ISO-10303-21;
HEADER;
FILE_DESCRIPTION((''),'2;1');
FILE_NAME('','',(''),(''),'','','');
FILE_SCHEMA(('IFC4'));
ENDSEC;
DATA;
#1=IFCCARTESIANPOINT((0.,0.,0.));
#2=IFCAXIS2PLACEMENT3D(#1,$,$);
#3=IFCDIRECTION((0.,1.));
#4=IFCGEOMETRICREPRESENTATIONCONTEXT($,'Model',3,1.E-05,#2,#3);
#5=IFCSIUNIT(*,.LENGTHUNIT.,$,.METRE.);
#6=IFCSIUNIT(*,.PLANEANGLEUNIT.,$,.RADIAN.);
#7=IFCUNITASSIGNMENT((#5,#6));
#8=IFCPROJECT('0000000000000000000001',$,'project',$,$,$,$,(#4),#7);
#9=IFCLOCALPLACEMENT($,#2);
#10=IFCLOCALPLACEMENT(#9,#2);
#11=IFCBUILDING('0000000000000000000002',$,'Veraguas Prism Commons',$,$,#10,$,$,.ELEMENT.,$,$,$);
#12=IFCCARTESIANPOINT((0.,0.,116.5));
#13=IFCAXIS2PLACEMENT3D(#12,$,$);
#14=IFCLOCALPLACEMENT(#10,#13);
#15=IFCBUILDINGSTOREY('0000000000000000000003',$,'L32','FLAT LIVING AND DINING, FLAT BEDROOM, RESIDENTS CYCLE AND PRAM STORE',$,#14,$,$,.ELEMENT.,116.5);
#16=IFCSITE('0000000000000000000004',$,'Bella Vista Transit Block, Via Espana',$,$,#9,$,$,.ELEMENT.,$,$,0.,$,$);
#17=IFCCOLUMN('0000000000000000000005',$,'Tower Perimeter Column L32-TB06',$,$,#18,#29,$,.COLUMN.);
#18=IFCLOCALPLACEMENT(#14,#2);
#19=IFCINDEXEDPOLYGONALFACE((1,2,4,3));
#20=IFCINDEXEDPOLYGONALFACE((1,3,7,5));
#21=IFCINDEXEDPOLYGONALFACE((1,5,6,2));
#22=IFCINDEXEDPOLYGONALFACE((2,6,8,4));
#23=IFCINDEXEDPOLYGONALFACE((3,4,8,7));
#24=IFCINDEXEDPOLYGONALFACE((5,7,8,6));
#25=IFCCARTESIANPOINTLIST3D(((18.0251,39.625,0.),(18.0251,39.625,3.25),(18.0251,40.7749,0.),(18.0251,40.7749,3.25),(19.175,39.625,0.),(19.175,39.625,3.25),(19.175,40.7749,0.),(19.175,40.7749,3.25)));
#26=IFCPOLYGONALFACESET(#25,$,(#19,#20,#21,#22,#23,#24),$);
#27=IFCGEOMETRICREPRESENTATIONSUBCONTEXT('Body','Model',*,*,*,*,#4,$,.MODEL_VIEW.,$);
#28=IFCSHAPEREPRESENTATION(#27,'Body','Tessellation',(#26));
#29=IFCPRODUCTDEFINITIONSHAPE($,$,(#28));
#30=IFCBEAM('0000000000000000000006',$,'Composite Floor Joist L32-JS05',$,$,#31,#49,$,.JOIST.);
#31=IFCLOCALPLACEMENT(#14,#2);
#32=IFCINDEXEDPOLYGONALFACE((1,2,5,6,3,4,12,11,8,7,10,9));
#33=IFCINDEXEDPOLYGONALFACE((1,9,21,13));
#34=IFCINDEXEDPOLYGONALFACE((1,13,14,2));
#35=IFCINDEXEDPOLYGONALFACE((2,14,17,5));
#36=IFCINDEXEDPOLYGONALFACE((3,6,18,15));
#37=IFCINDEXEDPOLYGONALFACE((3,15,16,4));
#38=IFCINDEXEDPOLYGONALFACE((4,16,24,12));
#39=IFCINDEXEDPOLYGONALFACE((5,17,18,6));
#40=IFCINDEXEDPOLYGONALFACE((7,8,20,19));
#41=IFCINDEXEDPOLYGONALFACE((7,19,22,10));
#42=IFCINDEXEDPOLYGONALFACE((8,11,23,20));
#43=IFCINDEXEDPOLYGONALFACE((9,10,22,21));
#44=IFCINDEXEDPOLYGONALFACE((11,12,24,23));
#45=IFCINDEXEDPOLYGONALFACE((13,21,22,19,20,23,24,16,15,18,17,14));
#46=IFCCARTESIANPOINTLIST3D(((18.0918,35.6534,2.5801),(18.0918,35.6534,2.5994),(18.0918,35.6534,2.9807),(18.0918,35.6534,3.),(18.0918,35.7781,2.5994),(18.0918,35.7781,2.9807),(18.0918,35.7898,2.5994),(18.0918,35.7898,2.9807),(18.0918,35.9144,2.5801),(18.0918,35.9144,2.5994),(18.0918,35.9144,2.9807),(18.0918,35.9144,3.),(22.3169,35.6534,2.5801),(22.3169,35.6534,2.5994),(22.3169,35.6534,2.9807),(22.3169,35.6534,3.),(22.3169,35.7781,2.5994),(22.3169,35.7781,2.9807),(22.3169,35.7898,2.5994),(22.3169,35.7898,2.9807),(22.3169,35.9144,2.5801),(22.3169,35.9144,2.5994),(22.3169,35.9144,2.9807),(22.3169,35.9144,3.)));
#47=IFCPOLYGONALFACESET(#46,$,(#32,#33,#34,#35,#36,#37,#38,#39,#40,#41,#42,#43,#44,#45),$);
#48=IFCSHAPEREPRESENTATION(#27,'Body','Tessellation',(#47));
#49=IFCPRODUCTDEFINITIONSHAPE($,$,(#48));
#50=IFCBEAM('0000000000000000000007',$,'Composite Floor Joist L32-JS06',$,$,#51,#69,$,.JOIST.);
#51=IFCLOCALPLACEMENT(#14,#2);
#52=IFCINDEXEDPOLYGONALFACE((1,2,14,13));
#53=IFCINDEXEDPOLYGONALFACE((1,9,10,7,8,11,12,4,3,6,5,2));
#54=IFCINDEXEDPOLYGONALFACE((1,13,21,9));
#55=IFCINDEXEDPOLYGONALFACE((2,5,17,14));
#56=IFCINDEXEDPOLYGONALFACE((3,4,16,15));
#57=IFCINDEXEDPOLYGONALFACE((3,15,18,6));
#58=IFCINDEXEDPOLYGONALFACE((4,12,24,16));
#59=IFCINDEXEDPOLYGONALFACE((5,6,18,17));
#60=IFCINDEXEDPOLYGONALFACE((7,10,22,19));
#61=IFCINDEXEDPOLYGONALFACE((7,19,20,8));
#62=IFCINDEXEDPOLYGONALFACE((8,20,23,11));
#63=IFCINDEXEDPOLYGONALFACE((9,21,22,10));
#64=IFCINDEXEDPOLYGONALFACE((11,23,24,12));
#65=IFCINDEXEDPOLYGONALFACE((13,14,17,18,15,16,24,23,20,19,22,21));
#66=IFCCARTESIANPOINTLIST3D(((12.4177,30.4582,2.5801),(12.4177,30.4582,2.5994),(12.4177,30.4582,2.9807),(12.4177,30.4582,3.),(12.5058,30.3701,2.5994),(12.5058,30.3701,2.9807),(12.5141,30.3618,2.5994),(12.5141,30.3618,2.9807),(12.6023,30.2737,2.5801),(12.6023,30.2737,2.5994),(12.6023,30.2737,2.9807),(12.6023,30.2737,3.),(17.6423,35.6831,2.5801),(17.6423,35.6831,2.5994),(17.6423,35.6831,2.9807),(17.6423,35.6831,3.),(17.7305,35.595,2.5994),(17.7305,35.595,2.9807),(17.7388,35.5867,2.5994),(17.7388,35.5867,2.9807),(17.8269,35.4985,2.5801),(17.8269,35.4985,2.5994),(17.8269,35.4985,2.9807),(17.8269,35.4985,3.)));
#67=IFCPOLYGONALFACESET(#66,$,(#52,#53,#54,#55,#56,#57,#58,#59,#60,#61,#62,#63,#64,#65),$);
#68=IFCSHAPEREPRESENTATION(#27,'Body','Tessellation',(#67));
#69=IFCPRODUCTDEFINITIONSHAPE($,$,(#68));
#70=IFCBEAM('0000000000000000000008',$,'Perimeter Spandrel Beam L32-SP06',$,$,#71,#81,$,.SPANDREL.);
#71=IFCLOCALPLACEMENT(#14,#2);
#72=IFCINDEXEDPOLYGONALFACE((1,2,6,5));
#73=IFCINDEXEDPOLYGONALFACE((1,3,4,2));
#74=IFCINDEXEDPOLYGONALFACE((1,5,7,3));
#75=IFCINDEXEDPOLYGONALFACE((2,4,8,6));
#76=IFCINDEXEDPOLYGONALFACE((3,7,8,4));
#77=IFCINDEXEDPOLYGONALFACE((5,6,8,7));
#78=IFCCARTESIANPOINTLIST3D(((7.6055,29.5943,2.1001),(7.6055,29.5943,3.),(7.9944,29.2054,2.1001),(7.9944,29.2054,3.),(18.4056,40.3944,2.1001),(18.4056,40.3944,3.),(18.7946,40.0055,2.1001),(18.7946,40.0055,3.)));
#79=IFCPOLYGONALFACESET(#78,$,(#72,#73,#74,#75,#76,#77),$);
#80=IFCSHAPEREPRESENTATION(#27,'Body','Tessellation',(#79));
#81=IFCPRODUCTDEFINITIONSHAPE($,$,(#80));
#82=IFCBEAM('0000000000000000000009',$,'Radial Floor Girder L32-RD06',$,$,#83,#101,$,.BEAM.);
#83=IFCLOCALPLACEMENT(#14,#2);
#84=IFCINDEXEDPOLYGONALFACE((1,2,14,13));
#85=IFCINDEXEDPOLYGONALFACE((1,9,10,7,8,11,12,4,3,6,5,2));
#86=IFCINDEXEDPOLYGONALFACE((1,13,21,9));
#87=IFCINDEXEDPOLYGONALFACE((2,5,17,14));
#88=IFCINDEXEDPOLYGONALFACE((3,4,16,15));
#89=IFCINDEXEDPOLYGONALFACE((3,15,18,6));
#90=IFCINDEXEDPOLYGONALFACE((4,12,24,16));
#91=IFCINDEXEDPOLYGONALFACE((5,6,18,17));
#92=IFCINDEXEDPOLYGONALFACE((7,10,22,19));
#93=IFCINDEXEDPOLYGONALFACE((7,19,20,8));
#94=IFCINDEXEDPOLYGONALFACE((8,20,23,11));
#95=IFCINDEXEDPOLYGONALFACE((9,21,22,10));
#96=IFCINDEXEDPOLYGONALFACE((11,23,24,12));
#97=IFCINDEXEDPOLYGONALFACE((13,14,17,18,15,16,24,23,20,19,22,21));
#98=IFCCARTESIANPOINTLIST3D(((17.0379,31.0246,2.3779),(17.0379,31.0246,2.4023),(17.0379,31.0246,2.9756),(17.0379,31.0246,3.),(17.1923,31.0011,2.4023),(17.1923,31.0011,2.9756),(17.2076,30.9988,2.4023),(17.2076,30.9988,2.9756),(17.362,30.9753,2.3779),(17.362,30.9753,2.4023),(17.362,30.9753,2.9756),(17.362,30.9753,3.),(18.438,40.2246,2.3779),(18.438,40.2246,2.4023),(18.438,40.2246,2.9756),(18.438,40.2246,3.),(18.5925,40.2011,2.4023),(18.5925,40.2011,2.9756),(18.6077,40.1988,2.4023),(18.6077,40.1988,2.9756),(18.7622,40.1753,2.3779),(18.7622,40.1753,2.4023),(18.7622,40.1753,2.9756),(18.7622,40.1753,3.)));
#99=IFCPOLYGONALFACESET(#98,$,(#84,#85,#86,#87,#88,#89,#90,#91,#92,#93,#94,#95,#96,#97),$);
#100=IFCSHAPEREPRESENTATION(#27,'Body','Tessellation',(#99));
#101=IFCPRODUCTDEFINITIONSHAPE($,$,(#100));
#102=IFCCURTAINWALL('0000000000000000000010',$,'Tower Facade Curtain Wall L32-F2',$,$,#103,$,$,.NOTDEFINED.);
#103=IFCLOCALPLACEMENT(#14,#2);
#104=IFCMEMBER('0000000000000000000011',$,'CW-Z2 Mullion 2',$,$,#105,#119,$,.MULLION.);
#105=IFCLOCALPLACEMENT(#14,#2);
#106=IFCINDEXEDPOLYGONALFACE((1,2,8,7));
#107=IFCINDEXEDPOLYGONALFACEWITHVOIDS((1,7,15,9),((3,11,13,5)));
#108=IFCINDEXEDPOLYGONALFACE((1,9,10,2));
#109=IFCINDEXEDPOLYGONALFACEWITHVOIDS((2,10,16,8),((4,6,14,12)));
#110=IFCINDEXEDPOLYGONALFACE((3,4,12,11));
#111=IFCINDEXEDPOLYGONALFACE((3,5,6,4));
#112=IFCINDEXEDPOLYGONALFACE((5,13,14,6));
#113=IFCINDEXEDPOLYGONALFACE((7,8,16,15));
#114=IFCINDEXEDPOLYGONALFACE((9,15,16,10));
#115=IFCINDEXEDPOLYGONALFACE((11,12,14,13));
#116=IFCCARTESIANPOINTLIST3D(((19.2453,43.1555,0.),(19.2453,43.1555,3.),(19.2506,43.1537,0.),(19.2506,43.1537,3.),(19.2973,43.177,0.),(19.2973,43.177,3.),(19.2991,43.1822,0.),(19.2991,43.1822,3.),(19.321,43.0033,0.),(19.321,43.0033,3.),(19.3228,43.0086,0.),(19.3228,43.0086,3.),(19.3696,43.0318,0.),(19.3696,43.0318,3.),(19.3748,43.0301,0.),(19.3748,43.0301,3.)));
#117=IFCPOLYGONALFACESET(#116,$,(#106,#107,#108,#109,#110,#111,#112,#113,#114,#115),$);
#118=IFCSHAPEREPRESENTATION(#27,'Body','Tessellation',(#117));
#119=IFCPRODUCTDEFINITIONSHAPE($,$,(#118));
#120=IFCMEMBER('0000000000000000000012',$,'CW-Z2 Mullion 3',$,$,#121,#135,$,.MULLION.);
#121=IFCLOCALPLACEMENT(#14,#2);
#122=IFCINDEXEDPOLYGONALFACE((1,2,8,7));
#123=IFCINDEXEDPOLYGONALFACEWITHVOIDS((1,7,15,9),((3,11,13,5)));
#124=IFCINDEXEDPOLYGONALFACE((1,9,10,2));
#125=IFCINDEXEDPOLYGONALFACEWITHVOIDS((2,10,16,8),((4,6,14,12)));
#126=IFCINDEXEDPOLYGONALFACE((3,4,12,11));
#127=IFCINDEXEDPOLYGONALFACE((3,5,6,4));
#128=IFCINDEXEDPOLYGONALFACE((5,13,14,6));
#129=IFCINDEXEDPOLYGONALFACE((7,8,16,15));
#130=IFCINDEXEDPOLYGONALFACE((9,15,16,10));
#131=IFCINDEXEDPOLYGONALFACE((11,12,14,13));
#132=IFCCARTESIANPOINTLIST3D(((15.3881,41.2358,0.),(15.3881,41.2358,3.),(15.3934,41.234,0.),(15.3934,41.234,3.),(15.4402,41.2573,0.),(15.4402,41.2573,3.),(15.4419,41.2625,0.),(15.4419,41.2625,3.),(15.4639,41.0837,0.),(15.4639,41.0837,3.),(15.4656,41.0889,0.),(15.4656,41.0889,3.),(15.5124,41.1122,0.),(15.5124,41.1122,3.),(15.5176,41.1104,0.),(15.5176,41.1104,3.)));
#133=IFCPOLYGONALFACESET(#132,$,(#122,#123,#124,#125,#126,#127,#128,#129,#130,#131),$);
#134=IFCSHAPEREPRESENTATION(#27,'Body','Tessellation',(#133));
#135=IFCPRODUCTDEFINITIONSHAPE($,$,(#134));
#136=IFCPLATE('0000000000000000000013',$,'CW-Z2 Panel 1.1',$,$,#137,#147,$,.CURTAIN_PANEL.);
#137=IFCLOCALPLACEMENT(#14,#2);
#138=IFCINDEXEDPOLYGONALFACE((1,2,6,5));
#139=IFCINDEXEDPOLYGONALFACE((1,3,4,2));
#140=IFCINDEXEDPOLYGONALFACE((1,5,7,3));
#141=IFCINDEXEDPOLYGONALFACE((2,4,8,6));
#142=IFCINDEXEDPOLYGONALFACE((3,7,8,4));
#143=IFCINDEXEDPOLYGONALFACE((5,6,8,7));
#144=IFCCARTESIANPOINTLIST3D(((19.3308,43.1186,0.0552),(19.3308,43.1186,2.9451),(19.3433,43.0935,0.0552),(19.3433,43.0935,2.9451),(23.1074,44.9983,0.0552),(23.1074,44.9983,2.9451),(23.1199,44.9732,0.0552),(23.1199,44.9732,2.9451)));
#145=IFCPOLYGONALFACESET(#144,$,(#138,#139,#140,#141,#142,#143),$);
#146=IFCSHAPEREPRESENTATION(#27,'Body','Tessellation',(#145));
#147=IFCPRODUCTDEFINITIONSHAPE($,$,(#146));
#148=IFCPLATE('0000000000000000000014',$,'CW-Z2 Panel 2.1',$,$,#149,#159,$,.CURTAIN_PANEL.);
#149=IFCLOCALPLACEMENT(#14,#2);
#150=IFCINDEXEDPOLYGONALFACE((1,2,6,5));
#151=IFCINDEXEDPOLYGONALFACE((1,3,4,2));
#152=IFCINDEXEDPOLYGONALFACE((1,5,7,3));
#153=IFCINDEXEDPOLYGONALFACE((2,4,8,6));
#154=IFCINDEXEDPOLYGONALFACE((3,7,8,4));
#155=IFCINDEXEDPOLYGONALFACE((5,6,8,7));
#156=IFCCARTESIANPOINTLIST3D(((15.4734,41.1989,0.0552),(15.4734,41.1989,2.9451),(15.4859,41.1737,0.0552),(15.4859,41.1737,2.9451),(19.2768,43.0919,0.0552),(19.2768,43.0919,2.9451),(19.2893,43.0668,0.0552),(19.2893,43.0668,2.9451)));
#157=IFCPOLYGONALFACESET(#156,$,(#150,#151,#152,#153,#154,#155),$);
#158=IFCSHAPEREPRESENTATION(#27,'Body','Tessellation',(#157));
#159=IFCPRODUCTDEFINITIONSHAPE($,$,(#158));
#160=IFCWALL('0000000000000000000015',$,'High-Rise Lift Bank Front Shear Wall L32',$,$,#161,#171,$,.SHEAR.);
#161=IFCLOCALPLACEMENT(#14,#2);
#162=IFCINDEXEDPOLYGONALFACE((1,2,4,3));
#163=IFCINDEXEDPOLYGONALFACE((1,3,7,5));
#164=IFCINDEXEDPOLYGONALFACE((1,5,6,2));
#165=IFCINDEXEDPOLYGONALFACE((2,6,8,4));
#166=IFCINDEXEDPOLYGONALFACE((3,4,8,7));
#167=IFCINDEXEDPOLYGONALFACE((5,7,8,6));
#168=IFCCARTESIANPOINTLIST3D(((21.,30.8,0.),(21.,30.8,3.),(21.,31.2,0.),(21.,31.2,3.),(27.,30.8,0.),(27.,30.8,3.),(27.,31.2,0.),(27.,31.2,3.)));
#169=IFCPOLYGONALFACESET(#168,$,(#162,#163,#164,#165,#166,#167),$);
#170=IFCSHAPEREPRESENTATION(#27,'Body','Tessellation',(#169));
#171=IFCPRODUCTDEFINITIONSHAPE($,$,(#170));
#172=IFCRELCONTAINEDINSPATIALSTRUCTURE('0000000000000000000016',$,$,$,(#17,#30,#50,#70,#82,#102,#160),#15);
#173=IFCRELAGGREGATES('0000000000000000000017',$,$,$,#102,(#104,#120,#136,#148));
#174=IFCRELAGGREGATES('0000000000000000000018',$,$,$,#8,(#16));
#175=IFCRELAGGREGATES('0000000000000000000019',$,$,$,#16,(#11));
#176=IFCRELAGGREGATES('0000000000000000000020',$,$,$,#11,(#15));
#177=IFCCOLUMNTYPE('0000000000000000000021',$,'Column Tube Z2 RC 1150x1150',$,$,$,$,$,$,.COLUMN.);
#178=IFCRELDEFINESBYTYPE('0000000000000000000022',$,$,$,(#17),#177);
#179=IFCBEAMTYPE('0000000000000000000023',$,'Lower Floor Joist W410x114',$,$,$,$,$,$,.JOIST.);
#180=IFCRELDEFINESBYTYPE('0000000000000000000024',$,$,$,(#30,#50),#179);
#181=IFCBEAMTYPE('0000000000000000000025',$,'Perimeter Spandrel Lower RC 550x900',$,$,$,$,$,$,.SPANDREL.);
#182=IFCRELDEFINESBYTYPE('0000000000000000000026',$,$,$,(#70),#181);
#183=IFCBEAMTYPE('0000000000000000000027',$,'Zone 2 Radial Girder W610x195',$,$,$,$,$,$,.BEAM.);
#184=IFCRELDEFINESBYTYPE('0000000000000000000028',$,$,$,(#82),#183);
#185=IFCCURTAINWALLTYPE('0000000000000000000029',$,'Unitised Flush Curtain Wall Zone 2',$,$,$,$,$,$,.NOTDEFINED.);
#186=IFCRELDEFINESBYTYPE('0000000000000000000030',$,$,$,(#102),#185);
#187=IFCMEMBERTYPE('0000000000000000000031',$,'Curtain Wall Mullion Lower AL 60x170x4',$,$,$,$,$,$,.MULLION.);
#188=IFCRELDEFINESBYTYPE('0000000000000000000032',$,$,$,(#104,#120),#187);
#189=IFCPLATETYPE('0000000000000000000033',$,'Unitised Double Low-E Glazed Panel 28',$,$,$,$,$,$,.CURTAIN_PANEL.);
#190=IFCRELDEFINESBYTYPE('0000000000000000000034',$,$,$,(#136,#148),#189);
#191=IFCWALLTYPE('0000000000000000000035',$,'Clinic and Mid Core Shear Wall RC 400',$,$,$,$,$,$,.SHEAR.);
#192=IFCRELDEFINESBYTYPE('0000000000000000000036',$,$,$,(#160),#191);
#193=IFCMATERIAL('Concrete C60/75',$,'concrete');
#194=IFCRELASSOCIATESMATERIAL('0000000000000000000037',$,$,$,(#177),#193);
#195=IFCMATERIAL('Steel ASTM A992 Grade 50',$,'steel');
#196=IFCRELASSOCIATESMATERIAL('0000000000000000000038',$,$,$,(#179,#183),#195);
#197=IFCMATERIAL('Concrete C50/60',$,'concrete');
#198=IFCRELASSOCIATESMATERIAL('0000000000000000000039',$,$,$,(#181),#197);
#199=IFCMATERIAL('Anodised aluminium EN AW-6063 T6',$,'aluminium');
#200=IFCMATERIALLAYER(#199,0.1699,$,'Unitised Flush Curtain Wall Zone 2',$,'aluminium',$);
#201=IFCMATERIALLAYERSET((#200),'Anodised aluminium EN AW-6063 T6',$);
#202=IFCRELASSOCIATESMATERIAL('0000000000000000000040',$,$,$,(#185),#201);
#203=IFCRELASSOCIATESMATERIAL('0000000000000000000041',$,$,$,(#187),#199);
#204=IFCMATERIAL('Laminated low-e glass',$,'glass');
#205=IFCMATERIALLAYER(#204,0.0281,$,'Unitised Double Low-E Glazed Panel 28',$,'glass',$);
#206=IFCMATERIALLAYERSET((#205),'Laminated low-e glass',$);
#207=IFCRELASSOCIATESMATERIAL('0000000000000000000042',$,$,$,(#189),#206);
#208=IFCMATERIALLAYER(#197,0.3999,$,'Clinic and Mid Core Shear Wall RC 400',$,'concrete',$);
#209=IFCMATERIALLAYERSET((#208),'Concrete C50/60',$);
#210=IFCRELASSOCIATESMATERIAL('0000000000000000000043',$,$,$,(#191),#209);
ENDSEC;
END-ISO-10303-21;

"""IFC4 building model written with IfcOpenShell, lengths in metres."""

from ifc_helpers import new_model, si_unit, direction, frame, frame_2d, origin, origin_2d, place, context, subcontext, project, spatial, rectangle, hollow_rectangle, i_section, extrude, source, transform, mapped, material, layer, layer_set, material_profile, profile_set, type_object, element, aggregate, save


model = new_model("IFC4")

# Units and contexts
model_context = context("Model", 3, precision=1e-05, world=origin(), true_north=direction((0.0, 1.0)))
body_context = subcontext(model_context, "Body", "Model", "MODEL_VIEW")
ifc_project = project(units=[si_unit("LENGTHUNIT", "METRE"), si_unit("PLANEANGLEUNIT", "RADIAN")], contexts=[model_context])

# Site, building, storey
site_placement = place(None, origin())
site = spatial("IfcSite", under=ifc_project, at=site_placement, Name="Bella Vista Transit Block, Via Espana", CompositionType="ELEMENT", RefElevation=0.0)
building_placement = place(site_placement, origin())
building = spatial("IfcBuilding", under=site, at=building_placement, Name="Veraguas Prism Commons", CompositionType="ELEMENT")
storey_placement = place(building_placement, frame((0.0, 0.0, 116.5)))
storey = spatial("IfcBuildingStorey", under=building, at=storey_placement, Name="L32", Description="FLAT LIVING AND DINING, FLAT BEDROOM, RESIDENTS CYCLE AND PRAM STORE", CompositionType="ELEMENT", Elevation=116.5)

# Column
ifc_material_1 = material(Name="Concrete C60/75", Category="concrete")
ifc_material_profile_1 = material_profile(ifc_material_1, rectangle(XDim=1.1499, YDim=1.1499, at=origin_2d()), Name="RC1150X1150")
ifc_profile_set_1 = profile_set([ifc_material_profile_1], Name="Concrete C60/75")
column_type = type_object("IfcColumnType", Name="Column Tube Z2 RC 1150x1150", PredefinedType="COLUMN", material=ifc_profile_set_1)
column_placement = place(storey_placement, frame((18.6001, 40.2, 0.0), z_axis=(0.0, 0.0, 1.0), x_axis=(1.0, 0.0, 0.0)))
element("IfcColumn", 1, at=column_placement, inside=storey, type_object=column_type, Name="Tower Perimeter Column L32-TB06", PredefinedType="COLUMN", context=body_context, shape_type="SweptSolid", body=[
    extrude(rectangle(XDim=1.1499, YDim=1.1499, at=origin_2d()), origin(), (0.0, 0.0, 1.0), 3.25),
])

# Beams
ifc_material_2 = material(Name="Steel ASTM A992 Grade 50", Category="steel")
ifc_material_profile_2 = material_profile(ifc_material_2, i_section(OverallWidth=0.261, OverallDepth=0.4199, WebThickness=0.0117, FlangeThickness=0.0193, at=origin_2d()), Name="W410X114")
ifc_profile_set_2 = profile_set([ifc_material_profile_2], Name="Steel ASTM A992 Grade 50")
beam_type_1 = type_object("IfcBeamType", Name="Lower Floor Joist W410x114", PredefinedType="JOIST", material=ifc_profile_set_2)
beam_1_placement = place(storey_placement, frame((22.3169, 35.7839, 2.79), z_axis=(-1.0, 0.0, 0.0), x_axis=(0.0, -1.0, 0.0)))
element("IfcBeam", 2, at=beam_1_placement, inside=storey, type_object=beam_type_1, Name="Composite Floor Joist L32-JS05", PredefinedType="JOIST", context=body_context, shape_type="SweptSolid", body=[
    extrude(i_section(OverallWidth=0.261, OverallDepth=0.4199, WebThickness=0.0117, FlangeThickness=0.0193, at=origin_2d()), origin(), (0.0, 0.0, 1.0), 4.2251),
])
beam_2_placement = place(storey_placement, frame((17.7346, 35.5908, 2.79), z_axis=(-0.70709, -0.707123, 0.0), x_axis=(0.707123, -0.70709, 0.0)))
element("IfcBeam", 3, at=beam_2_placement, inside=storey, type_object=beam_type_1, Name="Composite Floor Joist L32-JS06", PredefinedType="JOIST", context=body_context, shape_type="SweptSolid", body=[
    extrude(i_section(OverallWidth=0.261, OverallDepth=0.4199, WebThickness=0.0117, FlangeThickness=0.0193, at=origin_2d()), origin(), (0.0, 0.0, 1.0), 7.3889),
])
ifc_material_3 = material(Name="Concrete C50/60", Category="concrete")
ifc_material_profile_3 = material_profile(ifc_material_3, rectangle(XDim=0.55, YDim=0.8999, at=origin_2d()), Name="RC550X900")
ifc_profile_set_3 = profile_set([ifc_material_profile_3], Name="Concrete C50/60")
beam_type_2 = type_object("IfcBeamType", Name="Perimeter Spandrel Lower RC 550x900", PredefinedType="SPANDREL", material=ifc_profile_set_3)
beam_3_placement = place(storey_placement, frame((18.6001, 40.2, 2.55), z_axis=(-0.707107, -0.707107, 0.0), x_axis=(0.707107, -0.707107, 0.0)))
element("IfcBeam", 4, at=beam_3_placement, inside=storey, type_object=beam_type_2, Name="Perimeter Spandrel Beam L32-SP06", PredefinedType="SPANDREL", context=body_context, shape_type="SweptSolid", body=[
    extrude(rectangle(XDim=0.55, YDim=0.8999, at=origin_2d()), origin(), (0.0, 0.0, 1.0), 15.2737),
])
ifc_material_profile_4 = material_profile(ifc_material_2, i_section(OverallWidth=0.3279, OverallDepth=0.6221, WebThickness=0.0154, FlangeThickness=0.0244, at=origin_2d()), Name="W610X195")
ifc_profile_set_4 = profile_set([ifc_material_profile_4], Name="Steel ASTM A992 Grade 50")
beam_type_3 = type_object("IfcBeamType", Name="Zone 2 Radial Girder W610x195", PredefinedType="BEAM", material=ifc_profile_set_4)
beam_4_placement = place(storey_placement, frame((18.6001, 40.2, 2.689), z_axis=(-0.150458, -0.988616, 0.0), x_axis=(0.988616, -0.150458, 0.0)))
element("IfcBeam", 5, at=beam_4_placement, inside=storey, type_object=beam_type_3, Name="Radial Floor Girder L32-RD06", PredefinedType="BEAM", context=body_context, shape_type="SweptSolid", body=[
    extrude(i_section(OverallWidth=0.3279, OverallDepth=0.6221, WebThickness=0.0154, FlangeThickness=0.0244, at=origin_2d()), origin(), (0.0, 0.0, 1.0), 9.3059),
])

# Curtain wall, members, plates
ifc_material_4 = material(Name="Anodised aluminium EN AW-6063 T6", Category="aluminium")
ifc_layer_1 = layer(ifc_material_4, 0.1699, Name="Unitised Flush Curtain Wall Zone 2", Category="aluminium")
ifc_layer_set_1 = layer_set([ifc_layer_1], Name="Anodised aluminium EN AW-6063 T6")
curtain_wall_type = type_object("IfcCurtainWallType", Name="Unitised Flush Curtain Wall Zone 2", PredefinedType="NOTDEFINED", material=ifc_layer_set_1)
curtain_wall_placement = place(storey_placement, origin())
curtain_wall = element("IfcCurtainWall", 6, at=curtain_wall_placement, inside=storey, type_object=curtain_wall_type, Name="Tower Facade Curtain Wall L32-F2", PredefinedType="NOTDEFINED")
ifc_material_profile_5 = material_profile(ifc_material_4, hollow_rectangle(XDim=0.0601, YDim=0.1699, WallThickness=0.0039, at=origin_2d()), Name="AL60X170X4")
ifc_profile_set_5 = profile_set([ifc_material_profile_5], Name="Anodised aluminium EN AW-6063 T6")
member_type = type_object("IfcMemberType", Name="Curtain Wall Mullion Lower AL 60x170x4", PredefinedType="MULLION", material=ifc_profile_set_5)
shared_shape_1 = source(origin(), body_context, "Body", "SweptSolid", [
    extrude(hollow_rectangle(XDim=0.0601, YDim=0.1699, WallThickness=0.0039, at=origin_2d()), origin(), (0.0, 0.0, 1.0), 3.0),
])
member_1_placement = place(storey_placement, frame((19.3101, 43.0928, 0.0), z_axis=(0.0, 0.0, 1.0), x_axis=(-0.895245, -0.445574, 0.0)))
member_1 = element("IfcMember", 7, at=member_1_placement, type_object=member_type, Name="CW-Z2 Mullion 2", PredefinedType="MULLION", context=body_context, shape_type="MappedRepresentation", body=[
    mapped(shared_shape_1, transform((0.0, 0.0, 0.0), scale=1.0)),
])
member_2_placement = place(storey_placement, frame((15.4529, 41.1731, 0.0), z_axis=(0.0, 0.0, 1.0), x_axis=(-0.895245, -0.445574, 0.0)))
member_2 = element("IfcMember", 8, at=member_2_placement, type_object=member_type, Name="CW-Z2 Mullion 3", PredefinedType="MULLION", context=body_context, shape_type="MappedRepresentation", body=[
    mapped(shared_shape_1, transform((0.0, 0.0, 0.0), scale=1.0)),
])
ifc_material_5 = material(Name="Laminated low-e glass", Category="glass")
ifc_layer_2 = layer(ifc_material_5, 0.0281, Name="Unitised Double Low-E Glazed Panel 28", Category="glass")
ifc_layer_set_2 = layer_set([ifc_layer_2], Name="Laminated low-e glass")
plate_type = type_object("IfcPlateType", Name="Unitised Double Low-E Glazed Panel 28", PredefinedType="CURTAIN_PANEL", material=ifc_layer_set_2)
shared_shape_2 = source(origin(), body_context, "Body", "SweptSolid", [
    extrude(rectangle(XDim=4.2185, YDim=0.0281, at=origin_2d()), origin(), (0.0, 0.0, 1.0), 2.8899),
])
plate_1_placement = place(storey_placement, frame((21.2253, 44.0459, 0.0552), z_axis=(0.0, 0.0, 1.0), x_axis=(-0.895245, -0.445574, 0.0)))
plate_1 = element("IfcPlate", 9, at=plate_1_placement, type_object=plate_type, Name="CW-Z2 Panel 1.1", PredefinedType="CURTAIN_PANEL", context=body_context, shape_type="MappedRepresentation", body=[
    mapped(shared_shape_2, transform((0.0, 0.0, 0.0), scale=1.0)),
])
shared_shape_3 = source(origin(), body_context, "Body", "SweptSolid", [
    extrude(rectangle(XDim=4.2485, YDim=0.0281, at=origin_2d()), origin(), (0.0, 0.0, 1.0), 2.8899),
])
plate_2_placement = place(storey_placement, frame((17.3813, 42.1328, 0.0552), z_axis=(0.0, 0.0, 1.0), x_axis=(-0.895245, -0.445574, 0.0)))
plate_2 = element("IfcPlate", 10, at=plate_2_placement, type_object=plate_type, Name="CW-Z2 Panel 2.1", PredefinedType="CURTAIN_PANEL", context=body_context, shape_type="MappedRepresentation", body=[
    mapped(shared_shape_3, transform((0.0, 0.0, 0.0), scale=1.0)),
])
aggregate(curtain_wall, [member_1, member_2, plate_1, plate_2])

# Wall
ifc_layer_3 = layer(ifc_material_3, 0.3999, Name="Clinic and Mid Core Shear Wall RC 400", Category="concrete")
ifc_layer_set_3 = layer_set([ifc_layer_3], Name="Concrete C50/60")
wall_type_1 = type_object("IfcWallType", Name="Clinic and Mid Core Shear Wall RC 400", PredefinedType="SHEAR", material=ifc_layer_set_3)
wall_1_placement = place(storey_placement, frame((21.0, 31.0, 0.0), z_axis=(0.0, 0.0, 1.0), x_axis=(1.0, 0.0, 0.0)))
element("IfcWall", 11, at=wall_1_placement, inside=storey, type_object=wall_type_1, Name="High-Rise Lift Bank Front Shear Wall L32", PredefinedType="SHEAR", context=body_context, shape_type="SweptSolid", body=[
    extrude(rectangle(XDim=6.0, YDim=0.3999, at=frame_2d((3.0, 0.0))), origin(), (0.0, 0.0, 1.0), 3.0),
])

save(model, "model.ifc")
